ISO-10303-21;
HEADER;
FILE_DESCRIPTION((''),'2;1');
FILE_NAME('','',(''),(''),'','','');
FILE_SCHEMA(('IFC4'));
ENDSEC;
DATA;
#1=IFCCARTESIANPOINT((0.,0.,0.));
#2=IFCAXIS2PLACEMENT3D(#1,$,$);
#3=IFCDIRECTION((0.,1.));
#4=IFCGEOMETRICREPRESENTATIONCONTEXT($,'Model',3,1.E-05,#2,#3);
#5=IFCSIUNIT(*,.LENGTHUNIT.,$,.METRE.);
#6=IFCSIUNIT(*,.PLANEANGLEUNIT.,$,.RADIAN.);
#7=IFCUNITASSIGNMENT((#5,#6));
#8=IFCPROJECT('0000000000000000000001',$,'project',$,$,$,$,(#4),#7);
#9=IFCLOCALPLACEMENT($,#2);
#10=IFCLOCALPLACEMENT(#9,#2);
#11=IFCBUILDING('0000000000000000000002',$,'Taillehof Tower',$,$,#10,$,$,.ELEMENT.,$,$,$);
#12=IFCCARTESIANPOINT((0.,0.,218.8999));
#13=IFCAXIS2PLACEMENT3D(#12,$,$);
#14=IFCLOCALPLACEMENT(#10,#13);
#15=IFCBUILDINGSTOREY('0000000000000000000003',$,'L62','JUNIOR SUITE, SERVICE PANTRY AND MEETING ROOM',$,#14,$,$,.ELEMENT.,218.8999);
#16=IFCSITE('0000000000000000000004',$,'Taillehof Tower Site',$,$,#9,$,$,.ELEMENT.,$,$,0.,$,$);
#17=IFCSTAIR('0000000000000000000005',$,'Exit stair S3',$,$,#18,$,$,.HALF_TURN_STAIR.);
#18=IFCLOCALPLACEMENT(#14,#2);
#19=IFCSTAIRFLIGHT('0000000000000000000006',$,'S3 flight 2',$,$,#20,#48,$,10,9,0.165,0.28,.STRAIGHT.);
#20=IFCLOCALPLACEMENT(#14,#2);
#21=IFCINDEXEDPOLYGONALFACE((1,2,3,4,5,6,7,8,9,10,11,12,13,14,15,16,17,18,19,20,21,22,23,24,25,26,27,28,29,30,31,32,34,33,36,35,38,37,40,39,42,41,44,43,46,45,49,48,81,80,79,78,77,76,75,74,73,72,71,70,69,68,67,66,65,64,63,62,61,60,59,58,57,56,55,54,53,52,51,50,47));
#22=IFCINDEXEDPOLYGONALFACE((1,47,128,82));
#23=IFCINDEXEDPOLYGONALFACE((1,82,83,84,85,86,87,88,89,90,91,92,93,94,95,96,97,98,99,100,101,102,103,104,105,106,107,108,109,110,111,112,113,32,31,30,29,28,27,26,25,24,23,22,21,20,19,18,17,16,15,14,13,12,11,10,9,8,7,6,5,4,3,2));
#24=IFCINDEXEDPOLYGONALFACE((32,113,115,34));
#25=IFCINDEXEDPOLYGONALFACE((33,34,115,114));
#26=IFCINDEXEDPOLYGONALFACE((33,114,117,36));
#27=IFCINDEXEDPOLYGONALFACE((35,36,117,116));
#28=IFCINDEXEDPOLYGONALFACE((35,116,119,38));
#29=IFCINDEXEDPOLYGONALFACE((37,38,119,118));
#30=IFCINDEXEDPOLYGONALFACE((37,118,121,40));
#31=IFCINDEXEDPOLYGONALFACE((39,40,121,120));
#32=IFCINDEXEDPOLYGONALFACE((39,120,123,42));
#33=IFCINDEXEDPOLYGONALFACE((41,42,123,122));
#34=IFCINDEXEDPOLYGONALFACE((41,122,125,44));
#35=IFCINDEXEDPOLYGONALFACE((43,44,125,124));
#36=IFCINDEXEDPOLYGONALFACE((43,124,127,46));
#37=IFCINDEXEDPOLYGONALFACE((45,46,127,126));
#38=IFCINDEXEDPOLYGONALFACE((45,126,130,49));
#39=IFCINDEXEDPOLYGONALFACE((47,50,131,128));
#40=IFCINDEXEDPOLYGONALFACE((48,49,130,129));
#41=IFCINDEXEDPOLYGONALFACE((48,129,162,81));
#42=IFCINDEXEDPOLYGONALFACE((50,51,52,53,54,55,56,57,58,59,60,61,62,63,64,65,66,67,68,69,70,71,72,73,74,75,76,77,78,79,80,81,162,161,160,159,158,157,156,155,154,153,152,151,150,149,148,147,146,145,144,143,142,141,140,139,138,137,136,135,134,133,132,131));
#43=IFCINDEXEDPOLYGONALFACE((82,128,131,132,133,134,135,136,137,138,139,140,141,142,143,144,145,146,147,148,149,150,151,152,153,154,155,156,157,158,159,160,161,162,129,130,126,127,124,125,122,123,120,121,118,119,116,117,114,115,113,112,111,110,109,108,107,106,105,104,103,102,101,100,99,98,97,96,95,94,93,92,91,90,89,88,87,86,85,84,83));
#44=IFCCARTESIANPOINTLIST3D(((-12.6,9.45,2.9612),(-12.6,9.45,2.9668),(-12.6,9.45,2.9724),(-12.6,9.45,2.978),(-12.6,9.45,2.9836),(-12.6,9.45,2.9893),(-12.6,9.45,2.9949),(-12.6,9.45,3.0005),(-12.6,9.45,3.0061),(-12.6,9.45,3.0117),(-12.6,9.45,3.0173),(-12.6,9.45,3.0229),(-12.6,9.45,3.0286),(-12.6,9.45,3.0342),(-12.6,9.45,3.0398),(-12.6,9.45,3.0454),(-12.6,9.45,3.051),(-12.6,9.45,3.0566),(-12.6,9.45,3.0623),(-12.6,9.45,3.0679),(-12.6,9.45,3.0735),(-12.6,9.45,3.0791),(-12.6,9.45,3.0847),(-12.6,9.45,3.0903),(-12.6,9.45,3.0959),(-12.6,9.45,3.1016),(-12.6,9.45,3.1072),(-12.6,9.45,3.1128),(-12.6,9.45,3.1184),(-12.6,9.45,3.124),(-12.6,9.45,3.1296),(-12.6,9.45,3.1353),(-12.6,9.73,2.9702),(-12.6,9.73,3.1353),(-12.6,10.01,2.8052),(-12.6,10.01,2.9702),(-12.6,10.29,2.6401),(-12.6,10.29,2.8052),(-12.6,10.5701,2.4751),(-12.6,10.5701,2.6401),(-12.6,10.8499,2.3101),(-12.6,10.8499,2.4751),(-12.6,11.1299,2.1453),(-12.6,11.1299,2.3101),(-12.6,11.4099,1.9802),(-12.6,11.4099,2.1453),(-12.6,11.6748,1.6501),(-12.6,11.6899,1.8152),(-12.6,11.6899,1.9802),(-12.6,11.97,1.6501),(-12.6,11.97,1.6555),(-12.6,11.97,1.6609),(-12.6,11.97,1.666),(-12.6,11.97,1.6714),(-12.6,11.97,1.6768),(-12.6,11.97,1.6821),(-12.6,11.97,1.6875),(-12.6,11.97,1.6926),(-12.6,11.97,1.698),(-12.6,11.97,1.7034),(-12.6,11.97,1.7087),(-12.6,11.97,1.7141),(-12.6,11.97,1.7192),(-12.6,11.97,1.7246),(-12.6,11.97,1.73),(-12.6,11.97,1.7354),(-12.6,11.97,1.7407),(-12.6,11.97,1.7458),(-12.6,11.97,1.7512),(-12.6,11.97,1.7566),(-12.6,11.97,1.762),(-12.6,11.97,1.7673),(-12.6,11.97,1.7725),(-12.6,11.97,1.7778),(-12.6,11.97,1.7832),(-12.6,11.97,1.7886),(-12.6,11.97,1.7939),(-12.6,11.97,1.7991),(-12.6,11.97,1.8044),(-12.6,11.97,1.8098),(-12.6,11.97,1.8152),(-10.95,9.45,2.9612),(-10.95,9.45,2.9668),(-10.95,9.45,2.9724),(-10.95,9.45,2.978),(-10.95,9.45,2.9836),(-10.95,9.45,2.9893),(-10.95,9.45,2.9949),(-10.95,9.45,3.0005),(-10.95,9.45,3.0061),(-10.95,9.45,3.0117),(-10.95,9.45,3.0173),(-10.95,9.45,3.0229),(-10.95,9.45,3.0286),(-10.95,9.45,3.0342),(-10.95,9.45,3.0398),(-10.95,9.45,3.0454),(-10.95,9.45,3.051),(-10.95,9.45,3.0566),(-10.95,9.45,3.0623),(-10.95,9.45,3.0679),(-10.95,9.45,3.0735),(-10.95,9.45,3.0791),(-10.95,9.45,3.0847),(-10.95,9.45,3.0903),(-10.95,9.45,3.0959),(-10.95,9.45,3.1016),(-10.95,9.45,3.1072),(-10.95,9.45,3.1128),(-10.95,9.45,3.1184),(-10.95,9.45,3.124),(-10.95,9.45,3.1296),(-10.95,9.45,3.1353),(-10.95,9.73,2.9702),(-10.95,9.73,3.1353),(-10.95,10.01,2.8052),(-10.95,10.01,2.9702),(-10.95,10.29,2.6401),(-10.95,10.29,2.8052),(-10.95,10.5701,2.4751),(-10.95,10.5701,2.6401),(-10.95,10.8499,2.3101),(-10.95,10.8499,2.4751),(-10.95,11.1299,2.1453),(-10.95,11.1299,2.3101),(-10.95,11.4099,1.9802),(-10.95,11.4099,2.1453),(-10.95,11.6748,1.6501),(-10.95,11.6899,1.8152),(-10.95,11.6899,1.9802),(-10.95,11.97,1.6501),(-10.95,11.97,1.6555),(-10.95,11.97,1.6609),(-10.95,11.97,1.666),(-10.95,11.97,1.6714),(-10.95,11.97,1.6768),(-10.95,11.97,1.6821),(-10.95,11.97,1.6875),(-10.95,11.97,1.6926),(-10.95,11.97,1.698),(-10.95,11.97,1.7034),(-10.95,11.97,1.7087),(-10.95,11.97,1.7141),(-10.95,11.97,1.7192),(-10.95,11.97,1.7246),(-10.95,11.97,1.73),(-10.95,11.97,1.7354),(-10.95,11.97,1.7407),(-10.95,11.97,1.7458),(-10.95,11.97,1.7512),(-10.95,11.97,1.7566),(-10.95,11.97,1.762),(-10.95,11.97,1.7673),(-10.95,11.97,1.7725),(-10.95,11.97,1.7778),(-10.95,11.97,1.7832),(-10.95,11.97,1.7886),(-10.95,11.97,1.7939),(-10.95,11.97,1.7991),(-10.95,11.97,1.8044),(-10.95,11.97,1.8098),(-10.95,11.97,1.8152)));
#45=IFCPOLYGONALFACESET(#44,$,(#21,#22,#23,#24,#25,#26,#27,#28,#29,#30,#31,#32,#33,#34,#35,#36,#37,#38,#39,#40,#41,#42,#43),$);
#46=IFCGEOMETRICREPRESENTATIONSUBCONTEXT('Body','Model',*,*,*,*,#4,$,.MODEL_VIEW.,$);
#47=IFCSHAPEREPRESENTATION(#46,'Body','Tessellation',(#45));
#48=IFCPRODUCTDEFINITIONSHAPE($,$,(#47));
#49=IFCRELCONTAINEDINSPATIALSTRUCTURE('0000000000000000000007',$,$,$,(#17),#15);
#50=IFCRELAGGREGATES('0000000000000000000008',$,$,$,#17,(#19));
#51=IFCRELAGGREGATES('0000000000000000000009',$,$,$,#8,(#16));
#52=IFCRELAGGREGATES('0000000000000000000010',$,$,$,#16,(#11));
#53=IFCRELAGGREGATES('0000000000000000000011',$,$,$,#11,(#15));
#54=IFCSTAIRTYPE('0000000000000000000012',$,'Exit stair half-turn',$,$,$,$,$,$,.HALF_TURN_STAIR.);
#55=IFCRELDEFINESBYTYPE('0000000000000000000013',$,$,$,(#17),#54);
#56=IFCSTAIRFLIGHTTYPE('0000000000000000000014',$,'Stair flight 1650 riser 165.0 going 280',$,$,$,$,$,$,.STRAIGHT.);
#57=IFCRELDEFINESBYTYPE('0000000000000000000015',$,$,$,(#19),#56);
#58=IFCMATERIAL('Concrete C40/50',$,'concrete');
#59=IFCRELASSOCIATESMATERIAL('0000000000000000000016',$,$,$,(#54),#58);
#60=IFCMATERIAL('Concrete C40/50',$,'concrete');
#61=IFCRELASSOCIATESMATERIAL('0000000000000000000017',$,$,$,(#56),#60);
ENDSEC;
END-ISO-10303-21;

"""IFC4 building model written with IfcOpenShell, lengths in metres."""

from ifc_helpers import new_model, si_unit, direction, frame, origin, place, context, subcontext, project, spatial, polyline, outline, extrude, material, type_object, element, aggregate, save


model = new_model("IFC4")

# Units and contexts
model_context = context("Model", 3, precision=1e-05, world=origin(), true_north=direction((0.0, 1.0)))
body_context = subcontext(model_context, "Body", "Model", "MODEL_VIEW")
ifc_project = project(units=[si_unit("LENGTHUNIT", "METRE"), si_unit("PLANEANGLEUNIT", "RADIAN")], contexts=[model_context])

# Site, building, storey
site_placement = place(None, origin())
site = spatial("IfcSite", under=ifc_project, at=site_placement, Name="Taillehof Tower Site", CompositionType="ELEMENT", RefElevation=0.0)
building_placement = place(site_placement, origin())
building = spatial("IfcBuilding", under=site, at=building_placement, Name="Taillehof Tower", CompositionType="ELEMENT")
storey_placement = place(building_placement, frame((0.0, 0.0, 218.8999)))
storey = spatial("IfcBuildingStorey", under=building, at=storey_placement, Name="L62", Description="JUNIOR SUITE, SERVICE PANTRY AND MEETING ROOM", CompositionType="ELEMENT", Elevation=218.8999)

# Stair, stair flight
ifc_material_1 = material(Name="Concrete C40/50", Category="concrete")
stair_type = type_object("IfcStairType", Name="Exit stair half-turn", PredefinedType="HALF_TURN_STAIR", material=ifc_material_1)
stair_placement = place(storey_placement, origin())
stair = element("IfcStair", 1, at=stair_placement, inside=storey, type_object=stair_type, Name="Exit stair S3", PredefinedType="HALF_TURN_STAIR")
ifc_material_2 = material(Name="Concrete C40/50", Category="concrete")
stair_flight_type = type_object("IfcStairFlightType", Name="Stair flight 1650 riser 165.0 going 280", PredefinedType="STRAIGHT", material=ifc_material_2)
stair_flight_placement = place(storey_placement, frame((-11.7749, 11.97, 1.6501), z_axis=(0.0, 0.0, 1.0), x_axis=(0.0, -1.0, 0.0)))
stair_flight = element("IfcStairFlight", 2, at=stair_flight_placement, type_object=stair_flight_type, Name="S3 flight 2", NumberOfRisers=10, NumberOfTreads=9, PredefinedType="STRAIGHT", RiserHeight=0.165, TreadLength=0.28, context=body_context, shape_type="SweptSolid", body=[
    extrude(outline(polyline([(0.0, 0.0), (0.0, 0.0054), (0.0, 0.0107), (0.0, 0.0159), (0.0, 0.0212), (0.0, 0.0266), (0.0, 0.032), (0.0, 0.0374), (0.0, 0.0425), (0.0, 0.0479), (0.0, 0.0532), (0.0, 0.0586), (0.0, 0.064), (0.0, 0.0691), (0.0, 0.0745), (0.0, 0.0798), (0.0, 0.0852), (0.0, 0.0906), (0.0, 0.0957), (0.0, 0.1011), (0.0, 0.1064), (0.0, 0.1118), (0.0, 0.1172), (0.0, 0.1223), (0.0, 0.1277), (0.0, 0.1331), (0.0, 0.1384), (0.0, 0.1438), (0.0, 0.1489), (0.0, 0.1543), (0.0, 0.1597), (0.0, 0.165), (0.28, 0.165), (0.28, 0.3301), (0.5601, 0.3301), (0.5601, 0.4951), (0.8401, 0.4951), (0.8401, 0.6599), (1.1201, 0.6599), (1.1201, 0.825), (1.3999, 0.825), (1.3999, 0.99), (1.6799, 0.99), (1.6799, 1.155), (1.96, 1.155), (1.96, 1.3201), (2.24, 1.3201), (2.24, 1.4851), (2.52, 1.4851), (2.52, 1.4795), (2.52, 1.4739), (2.52, 1.4683), (2.52, 1.4626), (2.52, 1.457), (2.52, 1.4514), (2.52, 1.4458), (2.52, 1.4402), (2.52, 1.4346), (2.52, 1.429), (2.52, 1.4233), (2.52, 1.4177), (2.52, 1.4121), (2.52, 1.4065), (2.52, 1.4009), (2.52, 1.3953), (2.52, 1.3896), (2.52, 1.384), (2.52, 1.3784), (2.52, 1.3728), (2.52, 1.3672), (2.52, 1.3616), (2.52, 1.356), (2.52, 1.3503), (2.52, 1.3447), (2.52, 1.3391), (2.52, 1.3335), (2.52, 1.3279), (2.52, 1.3223), (2.52, 1.3167), (2.52, 1.311), (0.2952, 0.0), (0.0, 0.0)])), frame((0.0, 0.825, 0.0), z_axis=(0.0, -1.0, 0.0), x_axis=(1.0, 0.0, 0.0)), (0.0, 0.0, 1.0), 1.65),
])
aggregate(stair, [stair_flight])

save(model, "model.ifc")
